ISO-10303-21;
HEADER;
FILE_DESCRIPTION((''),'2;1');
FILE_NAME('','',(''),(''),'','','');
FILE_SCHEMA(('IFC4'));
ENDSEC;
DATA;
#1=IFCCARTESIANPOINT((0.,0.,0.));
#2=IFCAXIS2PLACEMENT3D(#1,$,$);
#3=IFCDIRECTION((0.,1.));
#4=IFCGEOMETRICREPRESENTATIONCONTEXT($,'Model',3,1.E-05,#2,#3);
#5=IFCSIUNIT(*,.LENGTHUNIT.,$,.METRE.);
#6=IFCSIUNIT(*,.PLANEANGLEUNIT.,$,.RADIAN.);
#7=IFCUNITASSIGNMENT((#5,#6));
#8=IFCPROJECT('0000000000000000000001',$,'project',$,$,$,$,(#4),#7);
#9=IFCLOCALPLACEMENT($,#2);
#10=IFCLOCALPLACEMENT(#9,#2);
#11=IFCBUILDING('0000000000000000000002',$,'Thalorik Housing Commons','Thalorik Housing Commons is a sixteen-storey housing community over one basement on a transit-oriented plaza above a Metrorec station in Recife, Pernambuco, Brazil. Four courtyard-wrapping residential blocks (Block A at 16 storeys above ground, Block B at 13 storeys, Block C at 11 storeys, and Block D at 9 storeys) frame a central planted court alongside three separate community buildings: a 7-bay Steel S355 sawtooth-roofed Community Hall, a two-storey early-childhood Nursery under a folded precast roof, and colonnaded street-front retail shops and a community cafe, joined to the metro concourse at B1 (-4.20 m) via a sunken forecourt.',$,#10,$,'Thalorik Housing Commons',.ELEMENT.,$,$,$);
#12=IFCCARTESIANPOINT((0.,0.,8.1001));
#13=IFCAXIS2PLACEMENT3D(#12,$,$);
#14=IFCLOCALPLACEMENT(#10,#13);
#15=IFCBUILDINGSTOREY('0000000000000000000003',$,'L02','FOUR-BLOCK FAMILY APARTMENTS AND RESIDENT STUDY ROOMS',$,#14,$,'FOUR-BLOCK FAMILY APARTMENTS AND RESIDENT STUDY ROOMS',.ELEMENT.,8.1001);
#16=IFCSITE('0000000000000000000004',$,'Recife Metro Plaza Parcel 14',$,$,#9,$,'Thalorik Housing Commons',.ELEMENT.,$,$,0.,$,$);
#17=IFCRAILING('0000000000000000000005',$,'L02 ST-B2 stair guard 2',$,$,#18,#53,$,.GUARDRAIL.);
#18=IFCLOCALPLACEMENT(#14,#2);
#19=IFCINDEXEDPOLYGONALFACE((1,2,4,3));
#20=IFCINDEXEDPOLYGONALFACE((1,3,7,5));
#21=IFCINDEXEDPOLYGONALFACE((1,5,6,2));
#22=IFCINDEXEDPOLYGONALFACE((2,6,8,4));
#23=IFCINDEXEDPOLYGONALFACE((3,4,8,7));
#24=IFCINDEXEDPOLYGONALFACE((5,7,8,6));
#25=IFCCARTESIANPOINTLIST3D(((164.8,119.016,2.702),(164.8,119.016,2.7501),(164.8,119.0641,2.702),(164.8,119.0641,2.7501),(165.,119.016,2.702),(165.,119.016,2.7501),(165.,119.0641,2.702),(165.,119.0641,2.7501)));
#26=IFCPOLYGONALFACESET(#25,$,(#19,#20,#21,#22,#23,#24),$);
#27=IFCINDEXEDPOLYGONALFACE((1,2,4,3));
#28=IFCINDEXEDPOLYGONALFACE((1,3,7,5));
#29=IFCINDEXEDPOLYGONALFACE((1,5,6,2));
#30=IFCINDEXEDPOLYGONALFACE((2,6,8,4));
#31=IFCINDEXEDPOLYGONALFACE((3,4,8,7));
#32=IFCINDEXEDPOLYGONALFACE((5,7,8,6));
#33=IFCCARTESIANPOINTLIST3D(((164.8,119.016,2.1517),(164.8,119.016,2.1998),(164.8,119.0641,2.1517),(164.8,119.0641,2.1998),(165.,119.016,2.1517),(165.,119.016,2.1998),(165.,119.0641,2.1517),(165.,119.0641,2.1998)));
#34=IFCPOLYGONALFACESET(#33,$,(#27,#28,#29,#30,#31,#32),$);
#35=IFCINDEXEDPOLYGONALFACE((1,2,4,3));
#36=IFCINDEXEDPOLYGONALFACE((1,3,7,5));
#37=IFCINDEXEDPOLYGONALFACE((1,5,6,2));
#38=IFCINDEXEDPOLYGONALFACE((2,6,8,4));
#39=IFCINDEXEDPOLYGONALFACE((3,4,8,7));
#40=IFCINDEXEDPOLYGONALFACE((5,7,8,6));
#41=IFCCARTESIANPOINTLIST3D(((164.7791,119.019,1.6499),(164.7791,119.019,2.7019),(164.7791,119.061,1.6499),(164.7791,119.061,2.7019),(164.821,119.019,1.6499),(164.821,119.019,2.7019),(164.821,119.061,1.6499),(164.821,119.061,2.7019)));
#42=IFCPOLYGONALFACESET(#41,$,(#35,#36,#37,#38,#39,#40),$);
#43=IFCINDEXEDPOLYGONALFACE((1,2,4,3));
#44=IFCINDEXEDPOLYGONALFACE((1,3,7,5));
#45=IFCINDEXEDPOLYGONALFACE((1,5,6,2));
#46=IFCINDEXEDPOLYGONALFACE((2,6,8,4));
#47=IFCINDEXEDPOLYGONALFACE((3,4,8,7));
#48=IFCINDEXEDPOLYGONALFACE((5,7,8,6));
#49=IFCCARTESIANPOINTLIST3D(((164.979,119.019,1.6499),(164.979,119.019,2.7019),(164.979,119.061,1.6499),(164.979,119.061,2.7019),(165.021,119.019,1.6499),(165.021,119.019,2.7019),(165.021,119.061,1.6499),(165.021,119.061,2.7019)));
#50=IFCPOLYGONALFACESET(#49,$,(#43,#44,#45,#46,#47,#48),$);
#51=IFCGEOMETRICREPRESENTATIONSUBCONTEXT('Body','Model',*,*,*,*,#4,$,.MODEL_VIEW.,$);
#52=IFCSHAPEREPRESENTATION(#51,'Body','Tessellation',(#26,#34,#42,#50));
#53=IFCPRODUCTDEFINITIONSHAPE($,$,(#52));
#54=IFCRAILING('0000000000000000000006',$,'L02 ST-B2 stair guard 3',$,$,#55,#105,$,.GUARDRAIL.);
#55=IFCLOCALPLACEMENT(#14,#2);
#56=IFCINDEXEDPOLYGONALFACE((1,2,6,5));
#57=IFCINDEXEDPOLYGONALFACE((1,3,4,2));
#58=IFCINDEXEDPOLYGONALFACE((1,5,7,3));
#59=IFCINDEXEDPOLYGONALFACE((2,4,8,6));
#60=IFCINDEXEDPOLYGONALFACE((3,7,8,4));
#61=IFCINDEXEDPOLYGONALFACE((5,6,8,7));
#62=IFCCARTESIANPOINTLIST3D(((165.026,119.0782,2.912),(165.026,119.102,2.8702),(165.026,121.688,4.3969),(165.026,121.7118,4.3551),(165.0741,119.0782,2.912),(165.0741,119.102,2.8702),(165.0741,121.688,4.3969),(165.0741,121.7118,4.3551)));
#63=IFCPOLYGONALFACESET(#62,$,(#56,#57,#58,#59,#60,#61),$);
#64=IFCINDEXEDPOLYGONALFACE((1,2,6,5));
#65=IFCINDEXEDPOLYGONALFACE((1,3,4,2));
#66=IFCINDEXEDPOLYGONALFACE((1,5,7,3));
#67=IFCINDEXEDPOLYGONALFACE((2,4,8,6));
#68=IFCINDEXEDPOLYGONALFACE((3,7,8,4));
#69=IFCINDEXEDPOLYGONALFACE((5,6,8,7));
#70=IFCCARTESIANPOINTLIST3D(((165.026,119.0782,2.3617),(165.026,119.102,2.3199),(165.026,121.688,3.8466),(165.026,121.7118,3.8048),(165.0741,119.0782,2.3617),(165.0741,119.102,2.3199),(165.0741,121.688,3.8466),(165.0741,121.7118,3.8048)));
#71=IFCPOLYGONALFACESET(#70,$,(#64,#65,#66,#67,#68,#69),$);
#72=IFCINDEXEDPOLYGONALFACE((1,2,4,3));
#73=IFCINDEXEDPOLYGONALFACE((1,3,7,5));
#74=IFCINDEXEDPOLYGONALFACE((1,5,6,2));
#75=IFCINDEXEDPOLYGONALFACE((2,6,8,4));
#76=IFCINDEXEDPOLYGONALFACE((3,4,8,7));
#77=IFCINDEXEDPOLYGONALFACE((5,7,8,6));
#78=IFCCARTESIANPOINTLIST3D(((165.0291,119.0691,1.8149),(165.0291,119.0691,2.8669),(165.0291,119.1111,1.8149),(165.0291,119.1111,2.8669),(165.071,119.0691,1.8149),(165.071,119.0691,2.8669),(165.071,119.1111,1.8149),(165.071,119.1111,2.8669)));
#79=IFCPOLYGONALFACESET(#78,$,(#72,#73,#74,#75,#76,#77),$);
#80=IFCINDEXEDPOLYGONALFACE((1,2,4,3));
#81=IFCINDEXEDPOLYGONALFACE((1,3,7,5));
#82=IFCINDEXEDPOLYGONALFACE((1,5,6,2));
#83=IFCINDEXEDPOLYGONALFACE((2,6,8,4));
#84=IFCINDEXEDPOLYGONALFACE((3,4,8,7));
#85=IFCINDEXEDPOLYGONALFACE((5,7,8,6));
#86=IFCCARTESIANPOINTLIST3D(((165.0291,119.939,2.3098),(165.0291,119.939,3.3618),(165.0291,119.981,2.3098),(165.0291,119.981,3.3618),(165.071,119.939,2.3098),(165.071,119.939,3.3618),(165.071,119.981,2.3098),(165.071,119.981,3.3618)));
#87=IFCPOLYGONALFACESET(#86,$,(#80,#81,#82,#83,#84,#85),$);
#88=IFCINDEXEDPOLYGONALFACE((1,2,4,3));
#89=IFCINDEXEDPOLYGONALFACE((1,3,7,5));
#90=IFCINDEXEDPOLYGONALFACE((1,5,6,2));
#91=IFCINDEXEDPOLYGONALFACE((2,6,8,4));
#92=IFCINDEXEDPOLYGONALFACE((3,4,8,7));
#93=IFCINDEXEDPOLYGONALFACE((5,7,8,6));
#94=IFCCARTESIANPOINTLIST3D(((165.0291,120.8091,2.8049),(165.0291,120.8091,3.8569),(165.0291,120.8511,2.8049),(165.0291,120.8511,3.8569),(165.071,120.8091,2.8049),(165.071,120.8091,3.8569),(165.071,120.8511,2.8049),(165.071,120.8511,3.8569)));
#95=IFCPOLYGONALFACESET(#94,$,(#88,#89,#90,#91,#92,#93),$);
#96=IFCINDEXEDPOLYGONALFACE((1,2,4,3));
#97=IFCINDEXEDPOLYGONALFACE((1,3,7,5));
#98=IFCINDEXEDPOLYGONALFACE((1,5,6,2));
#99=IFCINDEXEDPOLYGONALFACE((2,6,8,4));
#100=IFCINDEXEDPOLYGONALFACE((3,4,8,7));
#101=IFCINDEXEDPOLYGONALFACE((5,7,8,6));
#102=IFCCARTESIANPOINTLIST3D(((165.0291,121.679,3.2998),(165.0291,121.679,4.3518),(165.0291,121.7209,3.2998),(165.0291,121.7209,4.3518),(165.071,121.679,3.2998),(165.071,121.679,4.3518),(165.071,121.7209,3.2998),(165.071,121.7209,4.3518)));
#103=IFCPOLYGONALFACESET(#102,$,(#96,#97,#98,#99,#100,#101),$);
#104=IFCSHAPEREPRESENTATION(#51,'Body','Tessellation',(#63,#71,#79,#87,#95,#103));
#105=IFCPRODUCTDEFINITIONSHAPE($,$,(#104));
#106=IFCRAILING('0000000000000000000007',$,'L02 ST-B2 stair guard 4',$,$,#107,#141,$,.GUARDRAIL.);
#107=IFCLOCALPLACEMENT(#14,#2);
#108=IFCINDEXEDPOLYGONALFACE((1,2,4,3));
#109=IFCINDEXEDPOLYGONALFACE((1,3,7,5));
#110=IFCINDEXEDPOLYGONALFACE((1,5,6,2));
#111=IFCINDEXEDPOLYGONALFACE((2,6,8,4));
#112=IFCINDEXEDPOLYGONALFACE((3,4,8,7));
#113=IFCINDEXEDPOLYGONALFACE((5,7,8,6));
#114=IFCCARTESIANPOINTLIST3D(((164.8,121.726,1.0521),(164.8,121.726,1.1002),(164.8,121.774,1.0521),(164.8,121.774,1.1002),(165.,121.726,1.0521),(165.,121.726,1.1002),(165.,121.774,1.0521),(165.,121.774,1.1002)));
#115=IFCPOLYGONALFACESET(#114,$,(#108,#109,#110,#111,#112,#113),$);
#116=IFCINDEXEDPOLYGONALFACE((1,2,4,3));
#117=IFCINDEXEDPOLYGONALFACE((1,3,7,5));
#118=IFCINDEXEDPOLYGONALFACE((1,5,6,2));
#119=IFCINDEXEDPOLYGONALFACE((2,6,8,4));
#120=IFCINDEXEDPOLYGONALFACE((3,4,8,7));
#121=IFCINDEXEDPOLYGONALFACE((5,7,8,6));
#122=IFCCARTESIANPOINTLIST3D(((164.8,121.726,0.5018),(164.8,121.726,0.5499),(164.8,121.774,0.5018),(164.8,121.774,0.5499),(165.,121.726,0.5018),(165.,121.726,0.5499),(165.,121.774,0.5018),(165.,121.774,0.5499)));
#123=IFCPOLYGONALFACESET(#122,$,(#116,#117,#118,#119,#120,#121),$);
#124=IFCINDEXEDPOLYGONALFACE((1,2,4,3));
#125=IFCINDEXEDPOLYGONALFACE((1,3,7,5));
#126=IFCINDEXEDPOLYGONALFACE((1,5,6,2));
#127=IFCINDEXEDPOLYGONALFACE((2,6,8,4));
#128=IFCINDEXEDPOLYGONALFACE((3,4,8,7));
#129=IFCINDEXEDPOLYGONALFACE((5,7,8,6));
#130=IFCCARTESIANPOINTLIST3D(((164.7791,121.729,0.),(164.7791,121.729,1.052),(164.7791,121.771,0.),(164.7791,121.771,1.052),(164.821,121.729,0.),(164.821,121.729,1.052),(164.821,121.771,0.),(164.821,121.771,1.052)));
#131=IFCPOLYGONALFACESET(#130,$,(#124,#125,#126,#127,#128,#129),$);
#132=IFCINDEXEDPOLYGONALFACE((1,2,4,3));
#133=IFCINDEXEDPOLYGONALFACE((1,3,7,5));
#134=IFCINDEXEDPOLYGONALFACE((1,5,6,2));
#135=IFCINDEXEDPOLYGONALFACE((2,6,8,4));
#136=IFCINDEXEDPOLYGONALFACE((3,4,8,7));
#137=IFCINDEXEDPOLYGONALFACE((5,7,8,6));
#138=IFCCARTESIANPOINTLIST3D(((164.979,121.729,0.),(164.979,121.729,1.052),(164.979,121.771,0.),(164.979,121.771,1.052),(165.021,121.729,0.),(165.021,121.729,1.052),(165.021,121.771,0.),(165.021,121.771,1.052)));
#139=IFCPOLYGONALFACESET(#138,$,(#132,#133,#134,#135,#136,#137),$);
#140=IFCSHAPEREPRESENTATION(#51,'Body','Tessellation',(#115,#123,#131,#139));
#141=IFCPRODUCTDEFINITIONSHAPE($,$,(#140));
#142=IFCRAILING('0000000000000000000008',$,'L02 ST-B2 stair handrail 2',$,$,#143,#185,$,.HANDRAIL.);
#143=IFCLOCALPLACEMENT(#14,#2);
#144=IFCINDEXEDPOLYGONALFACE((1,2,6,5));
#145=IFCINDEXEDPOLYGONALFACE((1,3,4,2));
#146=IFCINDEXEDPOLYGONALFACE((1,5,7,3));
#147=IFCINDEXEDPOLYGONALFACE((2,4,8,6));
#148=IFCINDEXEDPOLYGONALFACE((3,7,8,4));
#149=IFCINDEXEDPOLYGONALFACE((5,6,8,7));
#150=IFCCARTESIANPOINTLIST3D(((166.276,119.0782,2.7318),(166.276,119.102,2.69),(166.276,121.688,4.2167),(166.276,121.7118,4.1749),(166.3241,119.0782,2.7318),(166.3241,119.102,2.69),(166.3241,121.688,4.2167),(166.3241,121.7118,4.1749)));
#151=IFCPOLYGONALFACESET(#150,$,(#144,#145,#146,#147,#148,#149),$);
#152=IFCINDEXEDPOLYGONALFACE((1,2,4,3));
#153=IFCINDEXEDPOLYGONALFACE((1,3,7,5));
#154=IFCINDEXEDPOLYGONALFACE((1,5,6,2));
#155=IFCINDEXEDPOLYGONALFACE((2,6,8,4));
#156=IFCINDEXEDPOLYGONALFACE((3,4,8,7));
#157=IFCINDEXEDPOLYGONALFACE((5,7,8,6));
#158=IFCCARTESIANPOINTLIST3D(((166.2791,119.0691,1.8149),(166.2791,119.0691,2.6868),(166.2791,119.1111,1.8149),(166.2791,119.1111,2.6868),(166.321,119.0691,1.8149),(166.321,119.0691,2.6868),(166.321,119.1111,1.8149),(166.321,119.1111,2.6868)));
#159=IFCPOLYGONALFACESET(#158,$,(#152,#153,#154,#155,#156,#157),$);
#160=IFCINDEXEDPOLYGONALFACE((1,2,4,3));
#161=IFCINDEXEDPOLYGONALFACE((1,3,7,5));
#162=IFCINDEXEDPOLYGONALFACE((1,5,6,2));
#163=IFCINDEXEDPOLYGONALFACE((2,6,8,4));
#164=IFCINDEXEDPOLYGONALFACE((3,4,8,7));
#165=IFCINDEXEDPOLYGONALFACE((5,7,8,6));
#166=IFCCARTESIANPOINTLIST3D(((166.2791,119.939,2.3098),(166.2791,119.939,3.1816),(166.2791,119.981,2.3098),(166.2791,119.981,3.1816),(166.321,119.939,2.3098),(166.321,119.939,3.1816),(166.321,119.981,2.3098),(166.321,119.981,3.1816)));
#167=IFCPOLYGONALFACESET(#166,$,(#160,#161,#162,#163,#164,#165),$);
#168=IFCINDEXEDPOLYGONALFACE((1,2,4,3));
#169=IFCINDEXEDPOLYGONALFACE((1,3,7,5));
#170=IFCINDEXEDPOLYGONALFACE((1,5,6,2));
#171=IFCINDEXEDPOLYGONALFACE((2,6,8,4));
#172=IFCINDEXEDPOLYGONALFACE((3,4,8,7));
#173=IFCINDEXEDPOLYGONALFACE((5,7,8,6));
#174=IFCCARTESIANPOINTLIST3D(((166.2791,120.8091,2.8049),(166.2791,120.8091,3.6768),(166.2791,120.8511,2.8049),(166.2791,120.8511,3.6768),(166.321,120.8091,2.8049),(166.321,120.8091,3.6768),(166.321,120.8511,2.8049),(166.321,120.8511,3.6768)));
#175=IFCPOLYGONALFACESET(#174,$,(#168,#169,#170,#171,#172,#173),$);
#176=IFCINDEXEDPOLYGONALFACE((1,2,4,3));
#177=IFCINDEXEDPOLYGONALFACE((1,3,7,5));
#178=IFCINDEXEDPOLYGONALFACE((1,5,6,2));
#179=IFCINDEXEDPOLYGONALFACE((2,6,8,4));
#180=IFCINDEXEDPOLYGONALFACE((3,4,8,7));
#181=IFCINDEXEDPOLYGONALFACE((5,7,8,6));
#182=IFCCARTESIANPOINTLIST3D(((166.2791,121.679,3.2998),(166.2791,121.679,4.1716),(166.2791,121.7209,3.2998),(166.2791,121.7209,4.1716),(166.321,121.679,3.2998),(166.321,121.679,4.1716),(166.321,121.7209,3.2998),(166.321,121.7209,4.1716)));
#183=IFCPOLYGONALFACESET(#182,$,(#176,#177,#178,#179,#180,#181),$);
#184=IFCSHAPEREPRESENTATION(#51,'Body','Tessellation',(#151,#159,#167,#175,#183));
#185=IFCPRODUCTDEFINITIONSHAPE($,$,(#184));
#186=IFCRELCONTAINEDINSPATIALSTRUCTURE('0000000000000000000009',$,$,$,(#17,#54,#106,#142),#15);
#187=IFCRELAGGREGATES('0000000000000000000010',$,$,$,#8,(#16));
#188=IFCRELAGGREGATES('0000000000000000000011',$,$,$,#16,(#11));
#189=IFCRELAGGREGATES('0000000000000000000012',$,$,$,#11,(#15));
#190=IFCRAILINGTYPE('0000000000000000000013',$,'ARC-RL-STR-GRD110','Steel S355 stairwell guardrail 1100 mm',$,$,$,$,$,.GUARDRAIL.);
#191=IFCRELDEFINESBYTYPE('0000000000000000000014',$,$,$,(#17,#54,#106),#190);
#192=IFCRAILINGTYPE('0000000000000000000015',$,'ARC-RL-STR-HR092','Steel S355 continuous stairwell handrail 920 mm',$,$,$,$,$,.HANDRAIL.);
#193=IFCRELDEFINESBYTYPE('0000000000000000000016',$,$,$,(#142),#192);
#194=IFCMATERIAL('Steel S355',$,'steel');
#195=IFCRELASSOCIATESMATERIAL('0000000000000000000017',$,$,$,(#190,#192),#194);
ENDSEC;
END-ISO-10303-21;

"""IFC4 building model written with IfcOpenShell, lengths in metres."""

from ifc_helpers import new_model, si_unit, direction, frame, origin, origin_2d, place, context, subcontext, project, spatial, rectangle, extrude, material, type_object, element, save


model = new_model("IFC4")

# Units and contexts
model_context = context("Model", 3, precision=1e-05, world=origin(), true_north=direction((0.0, 1.0)))
body_context = subcontext(model_context, "Body", "Model", "MODEL_VIEW")
ifc_project = project(units=[si_unit("LENGTHUNIT", "METRE"), si_unit("PLANEANGLEUNIT", "RADIAN")], contexts=[model_context])

# Site, building, storey
site_placement = place(None, origin())
site = spatial("IfcSite", under=ifc_project, at=site_placement, Name="Recife Metro Plaza Parcel 14", LongName="Thalorik Housing Commons", CompositionType="ELEMENT", RefElevation=0.0)
building_placement = place(site_placement, origin())
building = spatial("IfcBuilding", under=site, at=building_placement, Name="Thalorik Housing Commons", Description="Thalorik Housing Commons is a sixteen-storey housing community over one basement on a transit-oriented plaza above a Metrorec station in Recife, Pernambuco, Brazil. Four courtyard-wrapping residential blocks (Block A at 16 storeys above ground, Block B at 13 storeys, Block C at 11 storeys, and Block D at 9 storeys) frame a central planted court alongside three separate community buildings: a 7-bay Steel S355 sawtooth-roofed Community Hall, a two-storey early-childhood Nursery under a folded precast roof, and colonnaded street-front retail shops and a community cafe, joined to the metro concourse at B1 (-4.20 m) via a sunken forecourt.", LongName="Thalorik Housing Commons", CompositionType="ELEMENT")
storey_placement = place(building_placement, frame((0.0, 0.0, 8.1001)))
storey = spatial("IfcBuildingStorey", under=building, at=storey_placement, Name="L02", Description="FOUR-BLOCK FAMILY APARTMENTS AND RESIDENT STUDY ROOMS", LongName="FOUR-BLOCK FAMILY APARTMENTS AND RESIDENT STUDY ROOMS", CompositionType="ELEMENT", Elevation=8.1001)

# Railings
ifc_material_1 = material(Name="Steel S355", Category="steel")
railing_type_1 = type_object("IfcRailingType", Name="ARC-RL-STR-GRD110", Description="Steel S355 stairwell guardrail 1100 mm", PredefinedType="GUARDRAIL", material=ifc_material_1)
railing_1_placement = place(storey_placement, frame((164.8, 119.04, 1.6499)))
element("IfcRailing", 1, at=railing_1_placement, inside=storey, type_object=railing_type_1, Name="L02 ST-B2 stair guard 2", PredefinedType="GUARDRAIL", context=body_context, shape_type="SweptSolid", body=[
    extrude(rectangle(XDim=0.0481, YDim=0.0481, at=origin_2d()), frame((0.0, 0.0, 1.0762), z_axis=(1.0, 0.0, 0.0), x_axis=(0.0, 1.0, 0.0)), (0.0, 0.0, 1.0), 0.2),
    extrude(rectangle(XDim=0.0481, YDim=0.0481, at=origin_2d()), frame((0.0, 0.0, 0.5259), z_axis=(1.0, 0.0, 0.0), x_axis=(0.0, 1.0, 0.0)), (0.0, 0.0, 1.0), 0.2),
    extrude(rectangle(XDim=0.042, YDim=0.042, at=origin_2d()), origin(), (0.0, 0.0, 1.0), 1.052),
    extrude(rectangle(XDim=0.042, YDim=0.042, at=origin_2d()), frame((0.2, 0.0, 0.0)), (0.0, 0.0, 1.0), 1.052),
])
railing_2_placement = place(storey_placement, frame((165.05, 119.0901, 1.8149)))
element("IfcRailing", 2, at=railing_2_placement, inside=storey, type_object=railing_type_1, Name="L02 ST-B2 stair guard 3", PredefinedType="GUARDRAIL", context=body_context, shape_type="SweptSolid", body=[
    extrude(rectangle(XDim=0.0481, YDim=0.0481, at=origin_2d()), frame((0.0, 0.0, 1.0762), z_axis=(0.0, 0.869172, 0.494509), x_axis=(-1.0, 0.0, 0.0)), (0.0, 0.0, 1.0), 3.0027),
    extrude(rectangle(XDim=0.0481, YDim=0.0481, at=origin_2d()), frame((0.0, 0.0, 0.5259), z_axis=(0.0, 0.869172, 0.494509), x_axis=(-1.0, 0.0, 0.0)), (0.0, 0.0, 1.0), 3.0027),
    extrude(rectangle(XDim=0.042, YDim=0.042, at=origin_2d()), origin(), (0.0, 0.0, 1.0), 1.052),
    extrude(rectangle(XDim=0.042, YDim=0.042, at=origin_2d()), frame((0.0, 0.8699, 0.4949)), (0.0, 0.0, 1.0), 1.052),
    extrude(rectangle(XDim=0.042, YDim=0.042, at=origin_2d()), frame((0.0, 1.74, 0.99)), (0.0, 0.0, 1.0), 1.052),
    extrude(rectangle(XDim=0.042, YDim=0.042, at=origin_2d()), frame((0.0, 2.6099, 1.4849)), (0.0, 0.0, 1.0), 1.052),
])
railing_3_placement = place(storey_placement, frame((164.8, 121.75, 0.0)))
element("IfcRailing", 3, at=railing_3_placement, inside=storey, type_object=railing_type_1, Name="L02 ST-B2 stair guard 4", PredefinedType="GUARDRAIL", context=body_context, shape_type="SweptSolid", body=[
    extrude(rectangle(XDim=0.0481, YDim=0.0481, at=origin_2d()), frame((0.0, 0.0, 1.0762), z_axis=(1.0, 0.0, 0.0), x_axis=(0.0, 1.0, 0.0)), (0.0, 0.0, 1.0), 0.2),
    extrude(rectangle(XDim=0.0481, YDim=0.0481, at=origin_2d()), frame((0.0, 0.0, 0.5259), z_axis=(1.0, 0.0, 0.0), x_axis=(0.0, 1.0, 0.0)), (0.0, 0.0, 1.0), 0.2),
    extrude(rectangle(XDim=0.042, YDim=0.042, at=origin_2d()), origin(), (0.0, 0.0, 1.0), 1.052),
    extrude(rectangle(XDim=0.042, YDim=0.042, at=origin_2d()), frame((0.2, 0.0, 0.0)), (0.0, 0.0, 1.0), 1.052),
])
railing_type_2 = type_object("IfcRailingType", Name="ARC-RL-STR-HR092", Description="Steel S355 continuous stairwell handrail 920 mm", PredefinedType="HANDRAIL", material=ifc_material_1)
railing_4_placement = place(storey_placement, frame((166.3, 119.0901, 1.8149)))
element("IfcRailing", 4, at=railing_4_placement, inside=storey, type_object=railing_type_2, Name="L02 ST-B2 stair handrail 2", PredefinedType="HANDRAIL", context=body_context, shape_type="SweptSolid", body=[
    extrude(rectangle(XDim=0.0481, YDim=0.0481, at=origin_2d()), frame((0.0, 0.0, 0.896), z_axis=(0.0, 0.869172, 0.494509), x_axis=(-1.0, 0.0, 0.0)), (0.0, 0.0, 1.0), 3.0027),
    extrude(rectangle(XDim=0.042, YDim=0.042, at=origin_2d()), origin(), (0.0, 0.0, 1.0), 0.8718),
    extrude(rectangle(XDim=0.042, YDim=0.042, at=origin_2d()), frame((0.0, 0.8699, 0.4949)), (0.0, 0.0, 1.0), 0.8718),
    extrude(rectangle(XDim=0.042, YDim=0.042, at=origin_2d()), frame((0.0, 1.74, 0.99)), (0.0, 0.0, 1.0), 0.8718),
    extrude(rectangle(XDim=0.042, YDim=0.042, at=origin_2d()), frame((0.0, 2.6099, 1.4849)), (0.0, 0.0, 1.0), 0.8718),
])

save(model, "model.ifc")
